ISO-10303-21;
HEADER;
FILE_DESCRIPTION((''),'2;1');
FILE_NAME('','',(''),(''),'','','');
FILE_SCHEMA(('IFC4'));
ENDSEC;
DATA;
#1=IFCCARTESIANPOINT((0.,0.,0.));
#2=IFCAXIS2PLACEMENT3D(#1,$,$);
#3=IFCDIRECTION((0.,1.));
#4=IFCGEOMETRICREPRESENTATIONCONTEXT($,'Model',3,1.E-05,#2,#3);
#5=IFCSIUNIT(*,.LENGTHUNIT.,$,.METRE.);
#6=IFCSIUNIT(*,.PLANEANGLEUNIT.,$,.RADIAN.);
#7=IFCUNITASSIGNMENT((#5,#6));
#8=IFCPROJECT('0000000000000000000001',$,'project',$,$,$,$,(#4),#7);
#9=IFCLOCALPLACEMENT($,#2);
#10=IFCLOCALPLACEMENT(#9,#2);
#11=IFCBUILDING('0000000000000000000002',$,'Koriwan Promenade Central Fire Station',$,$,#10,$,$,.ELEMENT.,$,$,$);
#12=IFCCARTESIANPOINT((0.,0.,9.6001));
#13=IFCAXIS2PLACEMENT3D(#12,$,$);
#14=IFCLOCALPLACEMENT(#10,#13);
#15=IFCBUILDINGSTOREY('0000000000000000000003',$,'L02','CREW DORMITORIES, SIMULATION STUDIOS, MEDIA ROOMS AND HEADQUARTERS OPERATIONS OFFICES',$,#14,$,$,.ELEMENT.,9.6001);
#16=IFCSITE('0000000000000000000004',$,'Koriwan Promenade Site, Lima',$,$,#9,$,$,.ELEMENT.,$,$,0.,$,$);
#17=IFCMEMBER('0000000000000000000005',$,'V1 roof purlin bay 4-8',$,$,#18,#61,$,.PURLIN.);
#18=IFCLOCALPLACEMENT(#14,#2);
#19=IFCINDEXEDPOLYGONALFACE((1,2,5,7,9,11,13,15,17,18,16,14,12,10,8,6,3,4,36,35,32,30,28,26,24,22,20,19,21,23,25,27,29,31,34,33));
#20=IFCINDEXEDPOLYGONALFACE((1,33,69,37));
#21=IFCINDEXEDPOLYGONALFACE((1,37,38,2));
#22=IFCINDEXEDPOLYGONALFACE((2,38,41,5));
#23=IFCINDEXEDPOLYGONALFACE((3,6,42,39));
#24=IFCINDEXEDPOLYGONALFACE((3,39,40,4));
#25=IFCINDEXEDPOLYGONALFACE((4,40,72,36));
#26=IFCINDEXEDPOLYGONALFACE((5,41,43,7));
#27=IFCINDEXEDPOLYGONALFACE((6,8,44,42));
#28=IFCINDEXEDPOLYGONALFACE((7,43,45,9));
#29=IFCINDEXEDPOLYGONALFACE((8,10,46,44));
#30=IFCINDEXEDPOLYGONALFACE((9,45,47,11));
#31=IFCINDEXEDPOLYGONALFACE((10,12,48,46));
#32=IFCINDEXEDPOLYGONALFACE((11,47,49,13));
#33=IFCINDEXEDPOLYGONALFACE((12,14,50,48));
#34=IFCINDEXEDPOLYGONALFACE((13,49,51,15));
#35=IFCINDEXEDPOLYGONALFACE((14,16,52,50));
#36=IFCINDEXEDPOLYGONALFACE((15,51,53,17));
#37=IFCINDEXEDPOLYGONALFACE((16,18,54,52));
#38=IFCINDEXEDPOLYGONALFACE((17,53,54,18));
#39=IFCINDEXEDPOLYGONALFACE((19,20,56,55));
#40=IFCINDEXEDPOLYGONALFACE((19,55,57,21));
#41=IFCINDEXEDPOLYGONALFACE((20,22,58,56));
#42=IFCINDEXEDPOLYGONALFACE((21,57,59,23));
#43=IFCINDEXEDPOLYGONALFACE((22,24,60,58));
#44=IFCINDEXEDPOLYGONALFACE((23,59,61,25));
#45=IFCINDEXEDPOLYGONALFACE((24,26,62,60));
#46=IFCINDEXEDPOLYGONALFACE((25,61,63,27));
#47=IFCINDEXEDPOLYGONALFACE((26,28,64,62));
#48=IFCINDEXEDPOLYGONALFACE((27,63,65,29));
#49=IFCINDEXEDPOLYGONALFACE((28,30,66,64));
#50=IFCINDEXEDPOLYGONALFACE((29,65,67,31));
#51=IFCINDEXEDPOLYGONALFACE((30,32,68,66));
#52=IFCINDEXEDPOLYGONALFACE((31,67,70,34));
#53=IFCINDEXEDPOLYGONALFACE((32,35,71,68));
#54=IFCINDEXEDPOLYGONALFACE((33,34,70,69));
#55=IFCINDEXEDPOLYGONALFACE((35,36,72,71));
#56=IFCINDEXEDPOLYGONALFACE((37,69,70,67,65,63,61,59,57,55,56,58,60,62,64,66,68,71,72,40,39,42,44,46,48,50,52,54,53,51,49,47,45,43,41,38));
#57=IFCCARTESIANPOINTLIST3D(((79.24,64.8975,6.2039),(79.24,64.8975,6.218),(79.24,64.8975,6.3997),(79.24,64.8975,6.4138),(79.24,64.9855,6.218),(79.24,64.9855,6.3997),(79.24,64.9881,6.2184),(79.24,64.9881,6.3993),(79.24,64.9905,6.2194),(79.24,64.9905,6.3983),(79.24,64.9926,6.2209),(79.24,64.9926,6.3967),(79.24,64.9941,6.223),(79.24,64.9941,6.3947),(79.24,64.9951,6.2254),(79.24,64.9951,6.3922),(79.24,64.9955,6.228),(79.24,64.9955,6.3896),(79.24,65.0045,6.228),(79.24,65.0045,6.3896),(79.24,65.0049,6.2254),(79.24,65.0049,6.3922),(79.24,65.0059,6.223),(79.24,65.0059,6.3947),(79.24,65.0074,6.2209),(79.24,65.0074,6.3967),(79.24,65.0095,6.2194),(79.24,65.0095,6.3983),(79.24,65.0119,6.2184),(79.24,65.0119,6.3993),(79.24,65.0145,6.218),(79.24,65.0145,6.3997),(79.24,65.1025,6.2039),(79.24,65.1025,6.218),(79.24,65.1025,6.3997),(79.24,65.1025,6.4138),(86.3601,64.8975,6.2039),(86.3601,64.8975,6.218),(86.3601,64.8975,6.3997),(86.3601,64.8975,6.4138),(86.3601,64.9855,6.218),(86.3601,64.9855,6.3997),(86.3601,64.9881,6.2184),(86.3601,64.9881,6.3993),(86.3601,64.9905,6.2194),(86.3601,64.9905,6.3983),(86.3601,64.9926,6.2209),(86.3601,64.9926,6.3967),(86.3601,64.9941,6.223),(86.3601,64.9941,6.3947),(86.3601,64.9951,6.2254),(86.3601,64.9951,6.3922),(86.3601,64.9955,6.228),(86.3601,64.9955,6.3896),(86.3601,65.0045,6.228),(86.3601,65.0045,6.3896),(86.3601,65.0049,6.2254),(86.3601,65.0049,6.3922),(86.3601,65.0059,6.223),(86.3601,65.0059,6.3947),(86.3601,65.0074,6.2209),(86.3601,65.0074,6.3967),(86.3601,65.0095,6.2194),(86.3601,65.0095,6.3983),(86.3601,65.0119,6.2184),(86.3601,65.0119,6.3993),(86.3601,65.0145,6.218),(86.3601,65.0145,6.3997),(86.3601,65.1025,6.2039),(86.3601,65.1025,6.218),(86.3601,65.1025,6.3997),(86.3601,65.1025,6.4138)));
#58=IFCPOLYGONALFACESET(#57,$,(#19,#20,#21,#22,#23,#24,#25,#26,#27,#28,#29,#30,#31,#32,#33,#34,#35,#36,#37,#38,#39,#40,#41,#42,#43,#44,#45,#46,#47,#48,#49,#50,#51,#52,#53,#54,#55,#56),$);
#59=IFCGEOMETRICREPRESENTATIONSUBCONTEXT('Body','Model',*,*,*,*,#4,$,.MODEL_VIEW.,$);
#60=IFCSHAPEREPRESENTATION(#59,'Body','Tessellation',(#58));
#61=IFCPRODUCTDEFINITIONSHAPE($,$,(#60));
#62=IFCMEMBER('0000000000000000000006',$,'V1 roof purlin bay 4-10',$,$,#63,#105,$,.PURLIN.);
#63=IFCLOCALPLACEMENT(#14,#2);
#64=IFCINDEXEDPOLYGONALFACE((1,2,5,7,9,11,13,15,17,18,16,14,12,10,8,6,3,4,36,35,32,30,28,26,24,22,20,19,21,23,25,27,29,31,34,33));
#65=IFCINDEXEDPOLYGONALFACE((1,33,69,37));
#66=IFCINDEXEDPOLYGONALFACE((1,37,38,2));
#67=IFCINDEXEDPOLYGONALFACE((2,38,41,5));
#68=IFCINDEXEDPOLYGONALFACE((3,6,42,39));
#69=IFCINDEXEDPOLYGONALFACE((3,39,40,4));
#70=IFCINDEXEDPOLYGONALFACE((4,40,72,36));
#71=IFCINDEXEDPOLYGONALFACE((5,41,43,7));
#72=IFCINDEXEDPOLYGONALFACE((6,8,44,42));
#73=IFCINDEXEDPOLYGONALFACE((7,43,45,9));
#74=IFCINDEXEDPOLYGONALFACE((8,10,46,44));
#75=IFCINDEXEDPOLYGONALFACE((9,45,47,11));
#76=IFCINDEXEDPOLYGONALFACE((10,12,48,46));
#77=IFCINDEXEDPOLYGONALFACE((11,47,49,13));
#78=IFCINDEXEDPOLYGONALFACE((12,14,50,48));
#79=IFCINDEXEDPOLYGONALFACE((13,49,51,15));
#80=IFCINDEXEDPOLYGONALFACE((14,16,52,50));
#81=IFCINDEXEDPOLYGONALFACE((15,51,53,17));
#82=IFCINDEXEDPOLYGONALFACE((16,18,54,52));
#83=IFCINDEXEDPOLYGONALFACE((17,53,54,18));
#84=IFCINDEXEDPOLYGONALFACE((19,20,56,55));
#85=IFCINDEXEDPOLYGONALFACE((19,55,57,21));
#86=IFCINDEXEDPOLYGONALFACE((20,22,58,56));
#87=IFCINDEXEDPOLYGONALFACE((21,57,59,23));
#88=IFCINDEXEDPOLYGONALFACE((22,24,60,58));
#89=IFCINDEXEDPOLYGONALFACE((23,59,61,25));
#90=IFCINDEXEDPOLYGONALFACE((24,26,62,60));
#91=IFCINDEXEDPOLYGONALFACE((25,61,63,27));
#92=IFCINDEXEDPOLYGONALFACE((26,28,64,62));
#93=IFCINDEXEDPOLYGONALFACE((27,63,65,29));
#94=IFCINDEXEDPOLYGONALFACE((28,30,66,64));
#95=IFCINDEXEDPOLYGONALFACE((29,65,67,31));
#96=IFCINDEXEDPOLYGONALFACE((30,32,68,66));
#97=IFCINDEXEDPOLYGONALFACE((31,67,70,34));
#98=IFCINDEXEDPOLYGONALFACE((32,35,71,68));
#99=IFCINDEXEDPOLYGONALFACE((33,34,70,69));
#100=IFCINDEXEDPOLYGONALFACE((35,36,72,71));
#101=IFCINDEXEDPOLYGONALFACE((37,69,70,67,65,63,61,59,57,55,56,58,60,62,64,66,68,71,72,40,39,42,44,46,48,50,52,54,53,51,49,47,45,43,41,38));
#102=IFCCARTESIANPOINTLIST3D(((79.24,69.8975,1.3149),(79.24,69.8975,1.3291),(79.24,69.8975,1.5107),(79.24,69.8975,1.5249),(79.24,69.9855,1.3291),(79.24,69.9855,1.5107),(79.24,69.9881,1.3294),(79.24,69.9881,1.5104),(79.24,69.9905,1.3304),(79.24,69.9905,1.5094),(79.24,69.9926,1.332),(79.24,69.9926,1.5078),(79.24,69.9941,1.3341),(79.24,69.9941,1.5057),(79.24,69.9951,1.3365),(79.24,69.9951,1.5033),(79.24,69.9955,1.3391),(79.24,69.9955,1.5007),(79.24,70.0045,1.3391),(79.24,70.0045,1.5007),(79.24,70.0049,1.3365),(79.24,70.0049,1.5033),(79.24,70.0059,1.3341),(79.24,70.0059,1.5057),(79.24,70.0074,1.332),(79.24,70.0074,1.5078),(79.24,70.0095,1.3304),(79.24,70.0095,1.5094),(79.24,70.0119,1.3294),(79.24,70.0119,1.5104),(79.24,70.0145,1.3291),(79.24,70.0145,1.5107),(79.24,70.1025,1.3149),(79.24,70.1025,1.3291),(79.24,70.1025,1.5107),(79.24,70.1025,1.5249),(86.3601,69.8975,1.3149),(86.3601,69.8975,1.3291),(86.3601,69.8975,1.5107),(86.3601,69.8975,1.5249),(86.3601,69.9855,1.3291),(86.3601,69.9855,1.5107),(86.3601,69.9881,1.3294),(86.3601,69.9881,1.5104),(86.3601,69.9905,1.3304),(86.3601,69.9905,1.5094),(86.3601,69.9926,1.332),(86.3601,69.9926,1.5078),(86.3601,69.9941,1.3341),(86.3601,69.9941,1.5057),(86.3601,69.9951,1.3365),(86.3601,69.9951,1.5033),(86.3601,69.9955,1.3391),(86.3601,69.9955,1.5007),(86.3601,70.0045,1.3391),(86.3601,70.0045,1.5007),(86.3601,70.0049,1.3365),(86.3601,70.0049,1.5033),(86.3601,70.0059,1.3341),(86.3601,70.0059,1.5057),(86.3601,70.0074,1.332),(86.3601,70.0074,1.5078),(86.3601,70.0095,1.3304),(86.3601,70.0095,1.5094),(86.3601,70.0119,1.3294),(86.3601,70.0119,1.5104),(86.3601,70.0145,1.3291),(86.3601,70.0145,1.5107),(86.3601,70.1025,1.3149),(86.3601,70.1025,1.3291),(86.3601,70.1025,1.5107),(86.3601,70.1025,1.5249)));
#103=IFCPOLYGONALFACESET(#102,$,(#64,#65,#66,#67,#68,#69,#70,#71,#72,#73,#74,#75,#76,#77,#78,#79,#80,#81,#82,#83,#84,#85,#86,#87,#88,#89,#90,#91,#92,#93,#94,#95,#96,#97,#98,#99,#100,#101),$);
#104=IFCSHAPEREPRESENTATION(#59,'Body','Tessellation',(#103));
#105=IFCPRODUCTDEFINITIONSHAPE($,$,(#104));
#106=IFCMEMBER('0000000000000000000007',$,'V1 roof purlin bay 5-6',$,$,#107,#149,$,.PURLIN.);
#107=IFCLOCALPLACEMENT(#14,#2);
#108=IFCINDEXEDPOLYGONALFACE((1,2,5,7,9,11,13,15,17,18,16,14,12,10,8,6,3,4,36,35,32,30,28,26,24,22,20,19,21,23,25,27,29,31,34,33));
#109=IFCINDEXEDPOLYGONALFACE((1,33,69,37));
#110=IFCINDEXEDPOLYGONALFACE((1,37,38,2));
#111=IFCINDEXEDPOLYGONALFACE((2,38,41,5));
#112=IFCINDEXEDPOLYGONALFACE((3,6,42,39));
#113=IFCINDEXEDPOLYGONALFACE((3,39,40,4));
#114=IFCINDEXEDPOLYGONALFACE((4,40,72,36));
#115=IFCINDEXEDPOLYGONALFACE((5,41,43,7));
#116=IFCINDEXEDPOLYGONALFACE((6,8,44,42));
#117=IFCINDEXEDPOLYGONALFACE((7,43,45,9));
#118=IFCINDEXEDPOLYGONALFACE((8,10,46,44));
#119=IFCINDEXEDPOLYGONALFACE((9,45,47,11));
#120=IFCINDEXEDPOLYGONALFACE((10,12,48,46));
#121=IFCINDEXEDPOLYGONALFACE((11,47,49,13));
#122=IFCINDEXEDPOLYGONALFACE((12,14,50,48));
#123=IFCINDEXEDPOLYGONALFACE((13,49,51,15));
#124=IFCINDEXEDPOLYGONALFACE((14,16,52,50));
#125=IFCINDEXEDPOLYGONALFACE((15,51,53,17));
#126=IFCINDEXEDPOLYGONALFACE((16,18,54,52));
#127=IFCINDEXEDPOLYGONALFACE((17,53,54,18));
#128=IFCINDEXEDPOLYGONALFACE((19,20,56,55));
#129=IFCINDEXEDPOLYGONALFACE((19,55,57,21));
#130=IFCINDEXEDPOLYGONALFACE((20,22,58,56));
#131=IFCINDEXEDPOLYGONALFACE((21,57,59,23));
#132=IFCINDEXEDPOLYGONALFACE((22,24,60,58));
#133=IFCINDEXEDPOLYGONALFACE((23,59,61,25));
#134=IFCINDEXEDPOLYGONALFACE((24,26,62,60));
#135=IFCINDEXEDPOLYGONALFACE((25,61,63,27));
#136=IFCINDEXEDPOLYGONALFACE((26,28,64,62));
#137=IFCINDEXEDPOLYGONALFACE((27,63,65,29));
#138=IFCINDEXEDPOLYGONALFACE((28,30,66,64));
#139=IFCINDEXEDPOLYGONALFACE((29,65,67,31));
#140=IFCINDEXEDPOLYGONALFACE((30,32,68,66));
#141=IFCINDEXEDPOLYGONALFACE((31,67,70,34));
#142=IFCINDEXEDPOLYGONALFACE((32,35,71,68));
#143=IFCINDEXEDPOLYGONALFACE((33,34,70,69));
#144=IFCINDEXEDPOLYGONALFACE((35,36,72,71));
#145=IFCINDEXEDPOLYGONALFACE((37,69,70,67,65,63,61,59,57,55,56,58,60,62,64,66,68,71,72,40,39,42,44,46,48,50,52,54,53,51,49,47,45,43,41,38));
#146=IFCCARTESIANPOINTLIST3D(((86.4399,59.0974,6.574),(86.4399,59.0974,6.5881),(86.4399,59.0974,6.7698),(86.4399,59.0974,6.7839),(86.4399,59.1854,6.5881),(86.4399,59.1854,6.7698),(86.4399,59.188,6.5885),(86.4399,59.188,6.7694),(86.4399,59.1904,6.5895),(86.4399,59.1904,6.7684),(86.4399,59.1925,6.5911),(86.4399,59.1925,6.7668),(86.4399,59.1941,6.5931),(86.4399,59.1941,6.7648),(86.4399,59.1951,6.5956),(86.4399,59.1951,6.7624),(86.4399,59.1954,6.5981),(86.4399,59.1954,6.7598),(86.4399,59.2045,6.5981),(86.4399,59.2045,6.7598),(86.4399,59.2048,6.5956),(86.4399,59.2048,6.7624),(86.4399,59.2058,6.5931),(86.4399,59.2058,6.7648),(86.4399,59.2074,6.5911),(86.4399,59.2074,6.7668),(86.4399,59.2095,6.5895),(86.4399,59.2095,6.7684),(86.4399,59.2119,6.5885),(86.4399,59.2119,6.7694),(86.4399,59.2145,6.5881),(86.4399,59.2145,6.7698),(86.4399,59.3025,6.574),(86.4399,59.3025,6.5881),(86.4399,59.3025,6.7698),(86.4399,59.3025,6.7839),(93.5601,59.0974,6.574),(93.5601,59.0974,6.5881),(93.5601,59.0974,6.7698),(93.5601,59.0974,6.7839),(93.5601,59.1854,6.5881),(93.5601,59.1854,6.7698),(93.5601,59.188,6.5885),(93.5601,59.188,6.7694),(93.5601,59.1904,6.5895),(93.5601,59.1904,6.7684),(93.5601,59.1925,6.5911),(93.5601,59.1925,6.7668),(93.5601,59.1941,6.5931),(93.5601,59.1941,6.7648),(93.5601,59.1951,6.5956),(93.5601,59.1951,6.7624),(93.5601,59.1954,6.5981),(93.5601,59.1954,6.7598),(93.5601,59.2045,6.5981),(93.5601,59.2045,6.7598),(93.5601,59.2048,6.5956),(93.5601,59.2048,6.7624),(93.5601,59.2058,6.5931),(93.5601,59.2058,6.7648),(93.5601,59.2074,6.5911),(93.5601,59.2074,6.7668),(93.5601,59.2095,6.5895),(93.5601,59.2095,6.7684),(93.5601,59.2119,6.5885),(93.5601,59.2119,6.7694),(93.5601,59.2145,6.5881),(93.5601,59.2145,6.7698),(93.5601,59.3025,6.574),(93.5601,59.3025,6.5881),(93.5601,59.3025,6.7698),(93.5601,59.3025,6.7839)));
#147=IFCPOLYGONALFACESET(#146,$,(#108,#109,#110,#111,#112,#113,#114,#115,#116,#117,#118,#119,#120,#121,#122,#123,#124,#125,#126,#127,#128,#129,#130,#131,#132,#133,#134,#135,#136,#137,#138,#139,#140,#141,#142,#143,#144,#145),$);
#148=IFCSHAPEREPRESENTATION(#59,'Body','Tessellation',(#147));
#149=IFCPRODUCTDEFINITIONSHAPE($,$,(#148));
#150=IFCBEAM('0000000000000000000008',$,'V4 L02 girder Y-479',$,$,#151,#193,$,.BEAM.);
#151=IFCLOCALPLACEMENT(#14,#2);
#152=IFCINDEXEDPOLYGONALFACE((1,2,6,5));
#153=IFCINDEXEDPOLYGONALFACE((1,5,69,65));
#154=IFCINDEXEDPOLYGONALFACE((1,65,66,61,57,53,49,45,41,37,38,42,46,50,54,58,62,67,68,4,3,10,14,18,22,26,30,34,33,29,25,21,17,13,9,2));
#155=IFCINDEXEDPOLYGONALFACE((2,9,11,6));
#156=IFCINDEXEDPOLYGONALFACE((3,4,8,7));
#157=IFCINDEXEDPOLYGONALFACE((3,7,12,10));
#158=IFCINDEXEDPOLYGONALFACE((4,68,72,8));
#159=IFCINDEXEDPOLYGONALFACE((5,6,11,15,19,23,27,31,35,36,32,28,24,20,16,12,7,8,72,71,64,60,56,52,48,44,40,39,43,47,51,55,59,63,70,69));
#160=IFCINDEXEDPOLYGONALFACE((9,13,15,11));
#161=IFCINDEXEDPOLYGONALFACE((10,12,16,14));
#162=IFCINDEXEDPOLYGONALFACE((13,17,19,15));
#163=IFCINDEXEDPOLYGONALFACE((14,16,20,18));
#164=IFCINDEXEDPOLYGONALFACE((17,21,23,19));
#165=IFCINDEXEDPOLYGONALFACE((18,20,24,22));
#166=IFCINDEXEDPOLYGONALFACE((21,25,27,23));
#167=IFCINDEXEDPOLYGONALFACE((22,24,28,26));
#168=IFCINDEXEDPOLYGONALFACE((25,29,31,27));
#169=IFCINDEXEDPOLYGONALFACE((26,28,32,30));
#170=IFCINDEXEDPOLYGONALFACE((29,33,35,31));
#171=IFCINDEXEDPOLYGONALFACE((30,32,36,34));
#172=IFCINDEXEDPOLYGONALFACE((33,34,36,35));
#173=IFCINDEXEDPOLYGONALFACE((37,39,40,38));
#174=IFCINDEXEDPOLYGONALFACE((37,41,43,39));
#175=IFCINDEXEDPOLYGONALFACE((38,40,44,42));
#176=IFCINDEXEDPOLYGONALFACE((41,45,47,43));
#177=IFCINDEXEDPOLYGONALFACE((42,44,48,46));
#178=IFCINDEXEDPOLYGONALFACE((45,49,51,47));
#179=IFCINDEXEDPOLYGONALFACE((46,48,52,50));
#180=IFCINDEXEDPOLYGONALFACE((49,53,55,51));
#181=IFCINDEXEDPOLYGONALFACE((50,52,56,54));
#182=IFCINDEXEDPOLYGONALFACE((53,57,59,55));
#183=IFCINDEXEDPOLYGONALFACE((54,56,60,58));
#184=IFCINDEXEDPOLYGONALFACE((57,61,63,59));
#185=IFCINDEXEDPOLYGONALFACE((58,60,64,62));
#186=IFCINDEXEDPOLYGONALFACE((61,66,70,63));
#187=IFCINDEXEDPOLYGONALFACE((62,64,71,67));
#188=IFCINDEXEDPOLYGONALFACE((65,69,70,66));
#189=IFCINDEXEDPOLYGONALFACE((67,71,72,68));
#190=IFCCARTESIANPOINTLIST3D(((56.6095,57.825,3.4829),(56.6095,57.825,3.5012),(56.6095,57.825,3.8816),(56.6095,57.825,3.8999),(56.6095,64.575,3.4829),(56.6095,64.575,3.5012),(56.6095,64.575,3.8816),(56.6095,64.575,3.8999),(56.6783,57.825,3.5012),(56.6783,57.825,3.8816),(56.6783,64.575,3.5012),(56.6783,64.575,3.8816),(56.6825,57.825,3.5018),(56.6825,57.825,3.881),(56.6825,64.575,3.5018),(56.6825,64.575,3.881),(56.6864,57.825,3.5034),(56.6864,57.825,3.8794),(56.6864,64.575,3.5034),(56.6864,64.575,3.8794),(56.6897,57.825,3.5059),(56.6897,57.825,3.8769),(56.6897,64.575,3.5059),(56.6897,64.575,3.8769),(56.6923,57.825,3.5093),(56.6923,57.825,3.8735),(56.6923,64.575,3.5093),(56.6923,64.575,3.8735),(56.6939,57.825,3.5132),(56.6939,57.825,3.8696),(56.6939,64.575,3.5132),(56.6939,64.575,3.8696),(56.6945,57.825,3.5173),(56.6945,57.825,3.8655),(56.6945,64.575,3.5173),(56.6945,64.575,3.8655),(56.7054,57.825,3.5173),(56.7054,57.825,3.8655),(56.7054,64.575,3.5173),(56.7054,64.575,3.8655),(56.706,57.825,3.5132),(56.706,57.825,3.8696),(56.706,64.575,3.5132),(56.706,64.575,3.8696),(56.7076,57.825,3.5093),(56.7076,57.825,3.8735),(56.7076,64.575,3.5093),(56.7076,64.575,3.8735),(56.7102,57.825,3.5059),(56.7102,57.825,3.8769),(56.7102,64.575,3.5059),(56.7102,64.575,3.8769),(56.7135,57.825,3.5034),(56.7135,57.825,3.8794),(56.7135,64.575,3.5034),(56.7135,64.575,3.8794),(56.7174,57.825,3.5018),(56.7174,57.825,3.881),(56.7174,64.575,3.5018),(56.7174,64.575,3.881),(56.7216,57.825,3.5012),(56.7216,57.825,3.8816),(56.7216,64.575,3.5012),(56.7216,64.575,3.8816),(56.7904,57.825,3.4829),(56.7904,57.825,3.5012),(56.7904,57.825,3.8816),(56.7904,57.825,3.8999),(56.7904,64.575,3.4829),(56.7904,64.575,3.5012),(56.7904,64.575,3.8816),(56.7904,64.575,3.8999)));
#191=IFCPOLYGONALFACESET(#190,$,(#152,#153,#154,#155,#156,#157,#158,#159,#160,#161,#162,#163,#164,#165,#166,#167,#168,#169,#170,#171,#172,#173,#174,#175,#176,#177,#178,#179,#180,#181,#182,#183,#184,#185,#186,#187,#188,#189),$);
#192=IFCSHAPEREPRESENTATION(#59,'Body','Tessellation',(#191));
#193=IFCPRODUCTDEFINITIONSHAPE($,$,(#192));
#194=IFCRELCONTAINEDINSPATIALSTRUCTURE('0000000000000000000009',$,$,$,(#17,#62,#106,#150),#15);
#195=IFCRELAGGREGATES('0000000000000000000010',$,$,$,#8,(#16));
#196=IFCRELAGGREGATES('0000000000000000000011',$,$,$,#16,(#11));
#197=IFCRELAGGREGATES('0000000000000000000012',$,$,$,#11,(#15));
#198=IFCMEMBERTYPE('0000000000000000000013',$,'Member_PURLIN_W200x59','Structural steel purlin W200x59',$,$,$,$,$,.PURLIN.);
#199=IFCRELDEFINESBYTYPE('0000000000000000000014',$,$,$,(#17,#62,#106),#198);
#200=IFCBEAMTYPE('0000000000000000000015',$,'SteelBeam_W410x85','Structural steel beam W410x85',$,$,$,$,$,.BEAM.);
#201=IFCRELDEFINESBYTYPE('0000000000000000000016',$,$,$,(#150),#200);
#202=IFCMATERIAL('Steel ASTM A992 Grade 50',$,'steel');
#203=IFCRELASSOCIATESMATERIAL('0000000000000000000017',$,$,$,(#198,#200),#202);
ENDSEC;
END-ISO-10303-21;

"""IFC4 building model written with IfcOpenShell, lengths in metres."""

from ifc_helpers import new_model, si_unit, direction, frame, origin, origin_2d, place, context, subcontext, project, spatial, i_section, extrude, material, material_profile, profile_set, type_object, element, save


model = new_model("IFC4")

# Units and contexts
model_context = context("Model", 3, precision=1e-05, world=origin(), true_north=direction((0.0, 1.0)))
body_context = subcontext(model_context, "Body", "Model", "MODEL_VIEW")
ifc_project = project(units=[si_unit("LENGTHUNIT", "METRE"), si_unit("PLANEANGLEUNIT", "RADIAN")], contexts=[model_context])

# Site, building, storey
site_placement = place(None, origin())
site = spatial("IfcSite", under=ifc_project, at=site_placement, Name="Koriwan Promenade Site, Lima", CompositionType="ELEMENT", RefElevation=0.0)
building_placement = place(site_placement, origin())
building = spatial("IfcBuilding", under=site, at=building_placement, Name="Koriwan Promenade Central Fire Station", CompositionType="ELEMENT")
storey_placement = place(building_placement, frame((0.0, 0.0, 9.6001)))
storey = spatial("IfcBuildingStorey", under=building, at=storey_placement, Name="L02", Description="CREW DORMITORIES, SIMULATION STUDIOS, MEDIA ROOMS AND HEADQUARTERS OPERATIONS OFFICES", CompositionType="ELEMENT", Elevation=9.6001)

# Members
ifc_material_1 = material(Name="Steel ASTM A992 Grade 50", Category="steel")
ifc_material_profile_1 = material_profile(ifc_material_1, i_section(OverallWidth=0.2051, OverallDepth=0.21, WebThickness=0.009, FlangeThickness=0.0142, FilletRadius=0.01, at=origin_2d()), Name="W200x59")
ifc_profile_set_1 = profile_set([ifc_material_profile_1], Name="Steel ASTM A992 Grade 50")
member_type_1 = type_object("IfcMemberType", Name="Member_PURLIN_W200x59", Description="Structural steel purlin W200x59", PredefinedType="PURLIN", material=ifc_profile_set_1)
for number, where, z_axis, x_axis, name in (
    (1, (79.24, 65.0, 6.3088), (1.0, 0.0, 0.0), (0.0, 1.0, 0.0), "V1 roof purlin bay 4-8"),
    (2, (79.24, 70.0, 1.4199), (1.0, 0.0, 0.0), (0.0, 1.0, 0.0), "V1 roof purlin bay 4-10"),
    (3, (86.4399, 59.2, 6.679), (1.0, 0.0, 0.0), (0.0, 1.0, 0.0), "V1 roof purlin bay 5-6"),
):
    element("IfcMember", number, at=place(storey_placement, frame(where, z_axis=z_axis, x_axis=x_axis)), inside=storey, type_object=member_type_1, Name=name, PredefinedType="PURLIN", context=body_context, shape_type="SweptSolid", body=[
        extrude(i_section(OverallWidth=0.2051, OverallDepth=0.21, WebThickness=0.009, FlangeThickness=0.0142, FilletRadius=0.01, at=origin_2d()), origin(), (0.0, 0.0, 1.0), 7.1201),
    ])

# Beam
ifc_material_profile_2 = material_profile(ifc_material_1, i_section(OverallWidth=0.1809, OverallDepth=0.417, WebThickness=0.011, FlangeThickness=0.0183, FilletRadius=0.0161, at=origin_2d()), Name="W410x85")
ifc_profile_set_2 = profile_set([ifc_material_profile_2], Name="Steel ASTM A992 Grade 50")
beam_type = type_object("IfcBeamType", Name="SteelBeam_W410x85", Description="Structural steel beam W410x85", PredefinedType="BEAM", material=ifc_profile_set_2)
beam_placement = place(storey_placement, frame((56.7, 57.825, 3.6914), z_axis=(0.0, 1.0, 0.0), x_axis=(-1.0, 0.0, 0.0)))
element("IfcBeam", 4, at=beam_placement, inside=storey, type_object=beam_type, Name="V4 L02 girder Y-479", PredefinedType="BEAM", context=body_context, shape_type="SweptSolid", body=[
    extrude(i_section(OverallWidth=0.1809, OverallDepth=0.417, WebThickness=0.011, FlangeThickness=0.0183, FilletRadius=0.0161, at=origin_2d()), origin(), (0.0, 0.0, 1.0), 6.75),
])

save(model, "model.ifc")
